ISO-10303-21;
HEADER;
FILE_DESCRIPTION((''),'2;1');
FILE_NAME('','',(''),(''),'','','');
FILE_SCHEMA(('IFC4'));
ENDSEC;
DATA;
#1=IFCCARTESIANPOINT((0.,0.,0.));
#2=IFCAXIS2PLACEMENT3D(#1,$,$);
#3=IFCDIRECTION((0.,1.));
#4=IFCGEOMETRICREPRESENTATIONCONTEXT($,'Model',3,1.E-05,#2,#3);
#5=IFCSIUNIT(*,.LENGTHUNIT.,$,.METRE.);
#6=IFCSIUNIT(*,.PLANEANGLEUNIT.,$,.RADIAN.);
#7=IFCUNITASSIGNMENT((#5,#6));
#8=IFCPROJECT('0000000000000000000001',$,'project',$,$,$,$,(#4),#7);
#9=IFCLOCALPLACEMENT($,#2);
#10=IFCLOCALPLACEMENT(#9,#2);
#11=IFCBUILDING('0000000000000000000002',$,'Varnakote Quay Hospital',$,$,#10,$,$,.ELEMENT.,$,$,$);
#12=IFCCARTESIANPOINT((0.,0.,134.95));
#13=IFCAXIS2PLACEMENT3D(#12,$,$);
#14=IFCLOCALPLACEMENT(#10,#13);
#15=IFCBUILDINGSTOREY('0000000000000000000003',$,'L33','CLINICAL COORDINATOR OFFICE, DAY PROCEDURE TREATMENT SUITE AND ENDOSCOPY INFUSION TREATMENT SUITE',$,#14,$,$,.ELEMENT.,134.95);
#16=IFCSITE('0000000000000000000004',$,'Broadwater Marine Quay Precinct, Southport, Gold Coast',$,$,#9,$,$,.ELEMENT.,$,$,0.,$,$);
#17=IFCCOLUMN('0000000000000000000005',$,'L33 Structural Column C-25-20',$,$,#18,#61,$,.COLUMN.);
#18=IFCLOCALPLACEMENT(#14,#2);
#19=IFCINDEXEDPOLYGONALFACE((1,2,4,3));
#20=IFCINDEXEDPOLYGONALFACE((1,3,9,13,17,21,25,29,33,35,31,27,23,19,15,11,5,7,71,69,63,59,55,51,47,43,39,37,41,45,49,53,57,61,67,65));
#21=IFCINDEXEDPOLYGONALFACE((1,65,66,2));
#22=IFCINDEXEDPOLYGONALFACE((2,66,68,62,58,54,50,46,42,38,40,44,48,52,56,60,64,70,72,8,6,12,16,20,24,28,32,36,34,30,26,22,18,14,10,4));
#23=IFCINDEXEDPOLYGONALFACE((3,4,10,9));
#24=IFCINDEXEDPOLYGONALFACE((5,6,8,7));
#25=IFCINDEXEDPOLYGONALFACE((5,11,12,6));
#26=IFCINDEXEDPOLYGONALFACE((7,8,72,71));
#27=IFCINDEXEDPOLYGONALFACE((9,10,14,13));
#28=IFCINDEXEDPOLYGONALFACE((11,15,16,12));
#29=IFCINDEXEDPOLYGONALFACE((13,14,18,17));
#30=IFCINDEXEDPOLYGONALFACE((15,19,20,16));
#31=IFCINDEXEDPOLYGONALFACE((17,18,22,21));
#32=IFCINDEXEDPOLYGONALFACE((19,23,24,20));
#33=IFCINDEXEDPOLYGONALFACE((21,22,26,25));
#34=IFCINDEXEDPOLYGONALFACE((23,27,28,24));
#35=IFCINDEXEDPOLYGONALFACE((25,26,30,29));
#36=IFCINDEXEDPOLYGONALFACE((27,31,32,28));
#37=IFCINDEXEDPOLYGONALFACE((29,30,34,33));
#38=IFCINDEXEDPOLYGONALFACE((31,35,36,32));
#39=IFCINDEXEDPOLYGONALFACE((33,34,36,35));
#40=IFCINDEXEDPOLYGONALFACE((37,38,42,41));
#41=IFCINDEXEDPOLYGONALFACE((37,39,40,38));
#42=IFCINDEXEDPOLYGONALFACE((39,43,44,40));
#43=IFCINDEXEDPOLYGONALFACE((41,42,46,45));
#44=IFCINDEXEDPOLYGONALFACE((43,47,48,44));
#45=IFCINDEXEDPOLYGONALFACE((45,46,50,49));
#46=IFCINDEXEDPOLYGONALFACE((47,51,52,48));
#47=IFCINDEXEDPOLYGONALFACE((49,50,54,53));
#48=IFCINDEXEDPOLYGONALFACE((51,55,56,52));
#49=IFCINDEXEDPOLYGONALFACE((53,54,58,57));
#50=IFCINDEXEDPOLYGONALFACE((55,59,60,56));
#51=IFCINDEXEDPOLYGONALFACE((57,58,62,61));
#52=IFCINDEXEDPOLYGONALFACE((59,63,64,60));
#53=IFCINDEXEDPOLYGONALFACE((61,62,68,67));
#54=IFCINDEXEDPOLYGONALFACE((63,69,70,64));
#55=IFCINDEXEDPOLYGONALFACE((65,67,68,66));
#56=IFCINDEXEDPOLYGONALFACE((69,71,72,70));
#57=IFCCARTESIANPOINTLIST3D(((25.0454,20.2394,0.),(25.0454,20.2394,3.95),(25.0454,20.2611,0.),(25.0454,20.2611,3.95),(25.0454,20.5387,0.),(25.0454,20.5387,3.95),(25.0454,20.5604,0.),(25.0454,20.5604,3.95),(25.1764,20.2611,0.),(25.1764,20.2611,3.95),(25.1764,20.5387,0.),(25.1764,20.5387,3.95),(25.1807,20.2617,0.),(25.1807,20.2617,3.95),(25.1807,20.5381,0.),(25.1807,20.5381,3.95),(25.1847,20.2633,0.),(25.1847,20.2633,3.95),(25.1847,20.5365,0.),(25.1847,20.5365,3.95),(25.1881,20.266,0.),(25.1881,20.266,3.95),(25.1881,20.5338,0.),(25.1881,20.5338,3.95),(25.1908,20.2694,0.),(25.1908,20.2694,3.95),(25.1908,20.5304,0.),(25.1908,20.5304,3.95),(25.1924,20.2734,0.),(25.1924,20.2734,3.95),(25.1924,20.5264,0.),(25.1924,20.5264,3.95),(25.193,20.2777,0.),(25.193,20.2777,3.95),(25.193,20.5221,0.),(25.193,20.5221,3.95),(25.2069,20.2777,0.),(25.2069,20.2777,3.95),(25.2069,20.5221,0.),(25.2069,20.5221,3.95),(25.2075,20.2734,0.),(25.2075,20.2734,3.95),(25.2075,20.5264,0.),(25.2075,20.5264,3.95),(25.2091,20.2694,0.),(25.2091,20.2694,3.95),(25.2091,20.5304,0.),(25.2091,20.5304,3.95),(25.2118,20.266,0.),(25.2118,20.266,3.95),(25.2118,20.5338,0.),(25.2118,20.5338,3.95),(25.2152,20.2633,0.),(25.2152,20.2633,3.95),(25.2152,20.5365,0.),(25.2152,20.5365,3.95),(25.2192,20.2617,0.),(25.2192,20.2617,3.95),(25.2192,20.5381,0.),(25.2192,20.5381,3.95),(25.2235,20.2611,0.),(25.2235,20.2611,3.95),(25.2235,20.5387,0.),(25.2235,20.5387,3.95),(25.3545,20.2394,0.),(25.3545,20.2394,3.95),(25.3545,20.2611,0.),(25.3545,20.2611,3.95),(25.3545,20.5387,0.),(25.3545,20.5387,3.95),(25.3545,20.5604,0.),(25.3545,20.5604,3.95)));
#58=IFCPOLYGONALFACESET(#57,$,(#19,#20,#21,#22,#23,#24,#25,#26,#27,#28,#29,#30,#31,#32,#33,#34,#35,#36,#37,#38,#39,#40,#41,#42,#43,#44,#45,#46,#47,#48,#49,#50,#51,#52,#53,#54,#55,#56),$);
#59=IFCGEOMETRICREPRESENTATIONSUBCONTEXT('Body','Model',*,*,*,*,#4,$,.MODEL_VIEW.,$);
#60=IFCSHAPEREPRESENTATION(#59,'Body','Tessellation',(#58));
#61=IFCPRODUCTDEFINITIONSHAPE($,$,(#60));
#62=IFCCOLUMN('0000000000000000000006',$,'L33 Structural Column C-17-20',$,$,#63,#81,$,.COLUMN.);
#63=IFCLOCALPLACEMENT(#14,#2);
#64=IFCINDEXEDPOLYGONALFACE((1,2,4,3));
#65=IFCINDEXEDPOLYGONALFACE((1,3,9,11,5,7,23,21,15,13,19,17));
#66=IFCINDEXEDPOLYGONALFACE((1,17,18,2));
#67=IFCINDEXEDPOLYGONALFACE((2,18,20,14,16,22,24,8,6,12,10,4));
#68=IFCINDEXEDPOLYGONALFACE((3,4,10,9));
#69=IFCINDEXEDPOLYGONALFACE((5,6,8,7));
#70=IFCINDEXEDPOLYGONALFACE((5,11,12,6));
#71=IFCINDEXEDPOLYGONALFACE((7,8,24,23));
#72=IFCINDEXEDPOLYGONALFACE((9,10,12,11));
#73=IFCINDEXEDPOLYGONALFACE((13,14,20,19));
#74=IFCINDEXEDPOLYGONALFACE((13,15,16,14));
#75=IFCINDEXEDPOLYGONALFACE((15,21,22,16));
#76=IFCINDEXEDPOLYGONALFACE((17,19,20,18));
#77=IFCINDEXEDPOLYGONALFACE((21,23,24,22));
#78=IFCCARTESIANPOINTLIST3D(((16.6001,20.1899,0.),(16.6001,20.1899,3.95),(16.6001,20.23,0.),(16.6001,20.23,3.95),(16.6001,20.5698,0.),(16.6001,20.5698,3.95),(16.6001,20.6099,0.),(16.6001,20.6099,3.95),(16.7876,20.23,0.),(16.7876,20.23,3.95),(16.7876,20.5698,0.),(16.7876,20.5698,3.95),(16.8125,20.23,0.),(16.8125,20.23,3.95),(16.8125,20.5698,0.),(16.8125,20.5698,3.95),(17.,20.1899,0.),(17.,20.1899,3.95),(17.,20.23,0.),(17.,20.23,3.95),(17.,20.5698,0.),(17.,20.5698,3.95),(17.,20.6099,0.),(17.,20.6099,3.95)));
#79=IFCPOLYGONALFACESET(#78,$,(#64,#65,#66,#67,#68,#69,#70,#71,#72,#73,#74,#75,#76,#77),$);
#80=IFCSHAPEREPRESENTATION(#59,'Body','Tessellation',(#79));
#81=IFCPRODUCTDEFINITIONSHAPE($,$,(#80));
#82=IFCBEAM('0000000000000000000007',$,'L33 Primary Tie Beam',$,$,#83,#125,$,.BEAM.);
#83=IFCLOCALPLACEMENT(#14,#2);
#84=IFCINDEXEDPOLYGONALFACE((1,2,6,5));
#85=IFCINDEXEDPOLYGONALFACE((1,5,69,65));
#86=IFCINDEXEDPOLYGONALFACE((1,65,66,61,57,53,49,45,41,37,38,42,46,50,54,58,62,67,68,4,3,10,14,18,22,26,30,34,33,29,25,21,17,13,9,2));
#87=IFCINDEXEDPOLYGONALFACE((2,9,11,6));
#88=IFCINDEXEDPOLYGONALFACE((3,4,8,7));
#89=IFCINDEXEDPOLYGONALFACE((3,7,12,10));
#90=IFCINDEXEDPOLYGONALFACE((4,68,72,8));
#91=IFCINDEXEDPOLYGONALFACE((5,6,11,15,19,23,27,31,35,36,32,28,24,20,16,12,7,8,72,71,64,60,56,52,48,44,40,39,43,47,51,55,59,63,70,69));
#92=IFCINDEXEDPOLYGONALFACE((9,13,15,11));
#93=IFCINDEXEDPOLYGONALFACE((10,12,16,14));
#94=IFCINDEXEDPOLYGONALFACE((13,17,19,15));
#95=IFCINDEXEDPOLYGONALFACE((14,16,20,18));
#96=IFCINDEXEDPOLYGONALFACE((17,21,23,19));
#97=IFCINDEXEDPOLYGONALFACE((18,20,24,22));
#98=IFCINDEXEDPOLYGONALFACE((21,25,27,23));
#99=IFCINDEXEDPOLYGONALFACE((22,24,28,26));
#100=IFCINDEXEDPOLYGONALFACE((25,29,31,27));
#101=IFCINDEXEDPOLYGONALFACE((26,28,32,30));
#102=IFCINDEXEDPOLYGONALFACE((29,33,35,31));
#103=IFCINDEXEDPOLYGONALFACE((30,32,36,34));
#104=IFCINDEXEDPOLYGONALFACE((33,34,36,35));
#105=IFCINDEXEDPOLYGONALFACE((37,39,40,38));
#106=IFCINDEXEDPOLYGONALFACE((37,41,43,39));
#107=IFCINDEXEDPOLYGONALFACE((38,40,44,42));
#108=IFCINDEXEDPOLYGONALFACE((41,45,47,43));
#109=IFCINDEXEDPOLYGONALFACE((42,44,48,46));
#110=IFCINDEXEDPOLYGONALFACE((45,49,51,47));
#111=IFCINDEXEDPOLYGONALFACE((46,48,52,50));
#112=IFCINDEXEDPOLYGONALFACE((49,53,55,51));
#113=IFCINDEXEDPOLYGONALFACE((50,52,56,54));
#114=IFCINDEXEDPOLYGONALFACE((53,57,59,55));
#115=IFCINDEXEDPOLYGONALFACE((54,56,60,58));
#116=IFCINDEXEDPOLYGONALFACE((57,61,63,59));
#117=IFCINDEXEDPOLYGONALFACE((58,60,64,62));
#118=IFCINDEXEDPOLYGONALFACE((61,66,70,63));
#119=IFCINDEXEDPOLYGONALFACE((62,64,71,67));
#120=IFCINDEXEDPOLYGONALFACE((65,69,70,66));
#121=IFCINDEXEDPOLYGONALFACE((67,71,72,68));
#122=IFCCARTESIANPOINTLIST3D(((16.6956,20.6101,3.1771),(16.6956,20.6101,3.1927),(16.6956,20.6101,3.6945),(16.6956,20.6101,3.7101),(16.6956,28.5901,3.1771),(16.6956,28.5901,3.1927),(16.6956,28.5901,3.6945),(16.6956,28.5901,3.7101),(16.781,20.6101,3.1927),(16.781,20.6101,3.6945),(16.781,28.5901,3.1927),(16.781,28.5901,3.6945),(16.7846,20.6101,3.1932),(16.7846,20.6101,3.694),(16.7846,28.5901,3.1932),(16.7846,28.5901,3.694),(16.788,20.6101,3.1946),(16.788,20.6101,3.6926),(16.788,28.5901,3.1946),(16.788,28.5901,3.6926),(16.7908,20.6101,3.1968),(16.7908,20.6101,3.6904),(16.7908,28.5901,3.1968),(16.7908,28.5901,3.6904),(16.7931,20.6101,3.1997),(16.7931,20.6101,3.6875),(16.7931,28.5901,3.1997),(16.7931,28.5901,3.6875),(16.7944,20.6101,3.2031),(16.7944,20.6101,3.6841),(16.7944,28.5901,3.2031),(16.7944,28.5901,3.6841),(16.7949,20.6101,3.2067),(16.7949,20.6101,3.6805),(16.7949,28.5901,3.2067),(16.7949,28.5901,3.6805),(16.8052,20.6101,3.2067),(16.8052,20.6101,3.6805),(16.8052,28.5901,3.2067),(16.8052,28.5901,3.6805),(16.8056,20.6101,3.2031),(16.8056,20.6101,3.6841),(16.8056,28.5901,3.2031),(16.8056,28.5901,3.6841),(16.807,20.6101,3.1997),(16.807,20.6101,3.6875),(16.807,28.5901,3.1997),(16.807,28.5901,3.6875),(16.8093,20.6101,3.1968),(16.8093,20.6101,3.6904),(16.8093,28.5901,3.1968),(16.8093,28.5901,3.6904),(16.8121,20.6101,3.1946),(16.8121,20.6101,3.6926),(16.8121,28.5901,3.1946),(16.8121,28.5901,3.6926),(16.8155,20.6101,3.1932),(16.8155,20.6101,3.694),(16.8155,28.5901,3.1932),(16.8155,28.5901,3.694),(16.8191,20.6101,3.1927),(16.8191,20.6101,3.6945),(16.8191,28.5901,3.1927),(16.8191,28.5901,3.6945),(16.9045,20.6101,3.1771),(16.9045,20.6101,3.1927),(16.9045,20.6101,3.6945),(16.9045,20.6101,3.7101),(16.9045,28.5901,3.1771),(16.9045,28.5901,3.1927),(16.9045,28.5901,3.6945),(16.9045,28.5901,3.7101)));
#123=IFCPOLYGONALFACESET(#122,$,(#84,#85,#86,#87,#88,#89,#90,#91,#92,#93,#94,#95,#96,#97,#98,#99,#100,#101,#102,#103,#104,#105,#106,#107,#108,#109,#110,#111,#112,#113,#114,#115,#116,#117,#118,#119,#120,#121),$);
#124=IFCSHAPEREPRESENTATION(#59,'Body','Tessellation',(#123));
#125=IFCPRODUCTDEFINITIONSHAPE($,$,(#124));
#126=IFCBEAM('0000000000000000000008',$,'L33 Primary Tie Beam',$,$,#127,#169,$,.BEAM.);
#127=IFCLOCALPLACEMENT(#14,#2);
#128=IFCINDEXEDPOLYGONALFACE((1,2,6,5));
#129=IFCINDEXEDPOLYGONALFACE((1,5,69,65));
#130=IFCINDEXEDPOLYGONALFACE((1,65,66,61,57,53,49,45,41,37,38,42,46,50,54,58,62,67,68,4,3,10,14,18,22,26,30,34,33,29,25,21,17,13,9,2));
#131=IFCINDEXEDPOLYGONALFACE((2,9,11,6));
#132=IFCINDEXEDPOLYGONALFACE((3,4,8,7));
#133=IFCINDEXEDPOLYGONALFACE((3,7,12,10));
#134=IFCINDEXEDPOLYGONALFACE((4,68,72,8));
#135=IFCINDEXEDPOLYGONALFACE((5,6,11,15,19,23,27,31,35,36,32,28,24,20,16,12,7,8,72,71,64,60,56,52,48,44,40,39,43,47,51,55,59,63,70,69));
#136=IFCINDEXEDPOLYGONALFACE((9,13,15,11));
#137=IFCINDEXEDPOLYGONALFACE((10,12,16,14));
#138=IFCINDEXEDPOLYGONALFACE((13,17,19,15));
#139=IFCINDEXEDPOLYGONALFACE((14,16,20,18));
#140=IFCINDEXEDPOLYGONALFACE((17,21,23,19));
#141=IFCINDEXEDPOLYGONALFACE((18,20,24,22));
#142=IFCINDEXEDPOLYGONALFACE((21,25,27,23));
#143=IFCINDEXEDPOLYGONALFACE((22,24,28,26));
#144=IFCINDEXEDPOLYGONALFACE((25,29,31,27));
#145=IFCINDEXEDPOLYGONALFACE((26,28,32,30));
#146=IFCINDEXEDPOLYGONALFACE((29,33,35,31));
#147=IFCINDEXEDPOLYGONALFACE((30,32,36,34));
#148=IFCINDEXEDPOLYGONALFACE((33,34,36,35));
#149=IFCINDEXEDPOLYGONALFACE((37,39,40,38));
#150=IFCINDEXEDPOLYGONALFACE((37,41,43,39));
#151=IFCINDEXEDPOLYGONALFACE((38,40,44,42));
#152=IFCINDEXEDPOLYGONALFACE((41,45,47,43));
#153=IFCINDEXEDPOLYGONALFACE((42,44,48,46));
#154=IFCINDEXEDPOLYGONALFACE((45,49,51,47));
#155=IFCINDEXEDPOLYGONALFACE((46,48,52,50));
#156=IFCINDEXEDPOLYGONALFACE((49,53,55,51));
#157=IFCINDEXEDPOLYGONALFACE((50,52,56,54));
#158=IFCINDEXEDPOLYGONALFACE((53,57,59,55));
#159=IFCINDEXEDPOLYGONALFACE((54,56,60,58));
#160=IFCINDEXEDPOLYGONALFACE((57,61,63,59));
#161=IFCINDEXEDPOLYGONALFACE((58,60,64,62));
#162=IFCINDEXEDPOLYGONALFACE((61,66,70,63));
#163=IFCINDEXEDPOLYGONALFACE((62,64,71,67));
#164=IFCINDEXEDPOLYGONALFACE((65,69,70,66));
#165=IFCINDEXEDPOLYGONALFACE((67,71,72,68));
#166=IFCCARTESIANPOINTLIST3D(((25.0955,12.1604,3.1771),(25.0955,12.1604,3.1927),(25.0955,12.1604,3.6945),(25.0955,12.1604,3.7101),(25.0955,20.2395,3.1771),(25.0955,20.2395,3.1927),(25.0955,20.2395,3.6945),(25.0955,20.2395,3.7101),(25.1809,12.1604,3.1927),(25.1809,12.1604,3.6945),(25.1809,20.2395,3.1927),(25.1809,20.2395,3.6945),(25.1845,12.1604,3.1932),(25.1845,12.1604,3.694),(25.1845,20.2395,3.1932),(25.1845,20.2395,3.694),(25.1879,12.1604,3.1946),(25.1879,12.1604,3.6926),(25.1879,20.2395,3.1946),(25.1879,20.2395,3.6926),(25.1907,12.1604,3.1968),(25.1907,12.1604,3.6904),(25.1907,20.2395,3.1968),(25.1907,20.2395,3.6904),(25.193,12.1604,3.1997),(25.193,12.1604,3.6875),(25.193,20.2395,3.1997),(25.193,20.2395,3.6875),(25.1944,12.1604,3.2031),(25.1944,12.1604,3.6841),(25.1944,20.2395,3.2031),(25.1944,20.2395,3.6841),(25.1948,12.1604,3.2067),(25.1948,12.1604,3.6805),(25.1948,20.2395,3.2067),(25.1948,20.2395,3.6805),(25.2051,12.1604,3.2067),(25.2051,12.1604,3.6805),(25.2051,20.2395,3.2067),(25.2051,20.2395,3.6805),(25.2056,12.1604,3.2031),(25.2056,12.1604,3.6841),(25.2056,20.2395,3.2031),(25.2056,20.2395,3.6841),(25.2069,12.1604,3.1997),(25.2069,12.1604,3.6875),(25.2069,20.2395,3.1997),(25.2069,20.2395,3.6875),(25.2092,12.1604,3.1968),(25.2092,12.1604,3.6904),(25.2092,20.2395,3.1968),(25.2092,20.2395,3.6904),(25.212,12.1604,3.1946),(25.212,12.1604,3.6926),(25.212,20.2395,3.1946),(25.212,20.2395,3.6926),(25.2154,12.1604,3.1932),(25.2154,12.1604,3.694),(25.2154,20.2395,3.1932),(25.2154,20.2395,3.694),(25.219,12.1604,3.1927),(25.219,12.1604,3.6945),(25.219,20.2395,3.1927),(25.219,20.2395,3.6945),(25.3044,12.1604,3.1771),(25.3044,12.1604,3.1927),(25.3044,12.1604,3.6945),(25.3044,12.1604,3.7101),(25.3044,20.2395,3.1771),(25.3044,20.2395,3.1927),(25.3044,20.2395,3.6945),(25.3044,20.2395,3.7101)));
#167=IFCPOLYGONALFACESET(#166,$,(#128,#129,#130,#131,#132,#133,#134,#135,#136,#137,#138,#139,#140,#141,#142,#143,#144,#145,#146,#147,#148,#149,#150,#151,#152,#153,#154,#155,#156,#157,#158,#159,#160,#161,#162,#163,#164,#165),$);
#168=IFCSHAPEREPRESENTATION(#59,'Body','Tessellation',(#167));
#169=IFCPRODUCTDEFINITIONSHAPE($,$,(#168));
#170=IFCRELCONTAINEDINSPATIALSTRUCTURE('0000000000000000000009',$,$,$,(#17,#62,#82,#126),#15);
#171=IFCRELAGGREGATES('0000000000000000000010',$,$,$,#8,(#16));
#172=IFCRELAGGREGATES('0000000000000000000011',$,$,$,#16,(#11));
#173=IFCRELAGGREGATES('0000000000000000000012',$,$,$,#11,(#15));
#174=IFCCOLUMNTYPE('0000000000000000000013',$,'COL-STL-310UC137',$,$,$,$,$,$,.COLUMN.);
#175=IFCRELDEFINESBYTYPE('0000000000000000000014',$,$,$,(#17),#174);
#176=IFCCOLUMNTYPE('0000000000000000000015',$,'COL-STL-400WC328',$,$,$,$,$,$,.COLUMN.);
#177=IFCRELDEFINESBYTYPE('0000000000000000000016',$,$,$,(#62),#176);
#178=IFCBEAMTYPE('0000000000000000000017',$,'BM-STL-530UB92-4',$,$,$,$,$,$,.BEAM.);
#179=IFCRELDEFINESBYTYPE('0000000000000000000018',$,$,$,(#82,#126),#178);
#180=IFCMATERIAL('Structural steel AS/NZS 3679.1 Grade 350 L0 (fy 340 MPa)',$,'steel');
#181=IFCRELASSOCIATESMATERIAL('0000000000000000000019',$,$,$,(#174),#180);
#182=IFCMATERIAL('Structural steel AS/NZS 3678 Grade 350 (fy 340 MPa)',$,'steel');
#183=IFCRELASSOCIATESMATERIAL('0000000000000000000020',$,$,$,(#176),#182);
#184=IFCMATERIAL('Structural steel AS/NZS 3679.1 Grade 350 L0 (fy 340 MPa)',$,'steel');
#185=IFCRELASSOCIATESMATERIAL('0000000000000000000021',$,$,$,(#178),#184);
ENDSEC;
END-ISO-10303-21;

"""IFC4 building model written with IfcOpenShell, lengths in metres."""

from ifc_helpers import new_model, si_unit, direction, frame, origin, origin_2d, place, context, subcontext, project, spatial, i_section, extrude, material, material_profile, profile_set, type_object, element, save


model = new_model("IFC4")

# Units and contexts
model_context = context("Model", 3, precision=1e-05, world=origin(), true_north=direction((0.0, 1.0)))
body_context = subcontext(model_context, "Body", "Model", "MODEL_VIEW")
ifc_project = project(units=[si_unit("LENGTHUNIT", "METRE"), si_unit("PLANEANGLEUNIT", "RADIAN")], contexts=[model_context])

# Site, building, storey
site_placement = place(None, origin())
site = spatial("IfcSite", under=ifc_project, at=site_placement, Name="Broadwater Marine Quay Precinct, Southport, Gold Coast", CompositionType="ELEMENT", RefElevation=0.0)
building_placement = place(site_placement, origin())
building = spatial("IfcBuilding", under=site, at=building_placement, Name="Varnakote Quay Hospital", CompositionType="ELEMENT")
storey_placement = place(building_placement, frame((0.0, 0.0, 134.95)))
storey = spatial("IfcBuildingStorey", under=building, at=storey_placement, Name="L33", Description="CLINICAL COORDINATOR OFFICE, DAY PROCEDURE TREATMENT SUITE AND ENDOSCOPY INFUSION TREATMENT SUITE", CompositionType="ELEMENT", Elevation=134.95)

# Columns
ifc_material_1 = material(Name="Structural steel AS/NZS 3679.1 Grade 350 L0 (fy 340 MPa)", Category="steel")
ifc_material_profile_1 = material_profile(ifc_material_1, i_section(OverallWidth=0.3091, OverallDepth=0.321, WebThickness=0.0139, FlangeThickness=0.0217, FilletRadius=0.0166, at=origin_2d()), Name="310UC137")
ifc_profile_set_1 = profile_set([ifc_material_profile_1], Name="Structural steel AS/NZS 3679.1 Grade 350 L0 (fy 340 MPa)")
column_type_1 = type_object("IfcColumnType", Name="COL-STL-310UC137", PredefinedType="COLUMN", material=ifc_profile_set_1)
column_1_placement = place(storey_placement, frame((25.2, 20.3999, 0.0), z_axis=(0.0, 0.0, 1.0), x_axis=(1.0, 0.0, 0.0)))
element("IfcColumn", 1, at=column_1_placement, inside=storey, type_object=column_type_1, Name="L33 Structural Column C-25-20", PredefinedType="COLUMN", context=body_context, shape_type="SweptSolid", body=[
    extrude(i_section(OverallWidth=0.3091, OverallDepth=0.321, WebThickness=0.0139, FlangeThickness=0.0217, FilletRadius=0.0166, at=origin_2d()), origin(), (0.0, 0.0, 1.0), 3.95),
])
ifc_material_2 = material(Name="Structural steel AS/NZS 3678 Grade 350 (fy 340 MPa)", Category="steel")
ifc_material_profile_2 = material_profile(ifc_material_2, i_section(OverallWidth=0.3999, OverallDepth=0.4199, WebThickness=0.0249, FlangeThickness=0.04, at=origin_2d()), Name="400WC328")
ifc_profile_set_2 = profile_set([ifc_material_profile_2], Name="Structural steel AS/NZS 3678 Grade 350 (fy 340 MPa)")
column_type_2 = type_object("IfcColumnType", Name="COL-STL-400WC328", PredefinedType="COLUMN", material=ifc_profile_set_2)
column_2_placement = place(storey_placement, frame((16.8, 20.3999, 0.0), z_axis=(0.0, 0.0, 1.0), x_axis=(1.0, 0.0, 0.0)))
element("IfcColumn", 2, at=column_2_placement, inside=storey, type_object=column_type_2, Name="L33 Structural Column C-17-20", PredefinedType="COLUMN", context=body_context, shape_type="SweptSolid", body=[
    extrude(i_section(OverallWidth=0.3999, OverallDepth=0.4199, WebThickness=0.0249, FlangeThickness=0.04, at=origin_2d()), origin(), (0.0, 0.0, 1.0), 3.95),
])

# Beams
ifc_material_3 = material(Name="Structural steel AS/NZS 3679.1 Grade 350 L0 (fy 340 MPa)", Category="steel")
ifc_material_profile_3 = material_profile(ifc_material_3, i_section(OverallWidth=0.209, OverallDepth=0.533, WebThickness=0.0103, FlangeThickness=0.0156, FilletRadius=0.0139, at=origin_2d()), Name="530UB92.4")
ifc_profile_set_3 = profile_set([ifc_material_profile_3], Name="Structural steel AS/NZS 3679.1 Grade 350 L0 (fy 340 MPa)")
beam_type_1 = type_object("IfcBeamType", Name="BM-STL-530UB92-4", PredefinedType="BEAM", material=ifc_profile_set_3)
beam_1_placement = place(storey_placement, frame((16.8, 20.6101, 3.4436), z_axis=(0.0, 1.0, 0.0), x_axis=(-1.0, 0.0, 0.0)))
element("IfcBeam", 3, at=beam_1_placement, inside=storey, type_object=beam_type_1, Name="L33 Primary Tie Beam", PredefinedType="BEAM", context=body_context, shape_type="SweptSolid", body=[
    extrude(i_section(OverallWidth=0.209, OverallDepth=0.533, WebThickness=0.0103, FlangeThickness=0.0156, FilletRadius=0.0139, at=origin_2d()), origin(), (0.0, 0.0, 1.0), 7.98),
])
beam_2_placement = place(storey_placement, frame((25.2, 12.1604, 3.4436), z_axis=(0.0, 1.0, 0.0), x_axis=(-1.0, 0.0, 0.0)))
element("IfcBeam", 4, at=beam_2_placement, inside=storey, type_object=beam_type_1, Name="L33 Primary Tie Beam", PredefinedType="BEAM", context=body_context, shape_type="SweptSolid", body=[
    extrude(i_section(OverallWidth=0.209, OverallDepth=0.533, WebThickness=0.0103, FlangeThickness=0.0156, FilletRadius=0.0139, at=origin_2d()), origin(), (0.0, 0.0, 1.0), 8.0791),
])

save(model, "model.ifc")
